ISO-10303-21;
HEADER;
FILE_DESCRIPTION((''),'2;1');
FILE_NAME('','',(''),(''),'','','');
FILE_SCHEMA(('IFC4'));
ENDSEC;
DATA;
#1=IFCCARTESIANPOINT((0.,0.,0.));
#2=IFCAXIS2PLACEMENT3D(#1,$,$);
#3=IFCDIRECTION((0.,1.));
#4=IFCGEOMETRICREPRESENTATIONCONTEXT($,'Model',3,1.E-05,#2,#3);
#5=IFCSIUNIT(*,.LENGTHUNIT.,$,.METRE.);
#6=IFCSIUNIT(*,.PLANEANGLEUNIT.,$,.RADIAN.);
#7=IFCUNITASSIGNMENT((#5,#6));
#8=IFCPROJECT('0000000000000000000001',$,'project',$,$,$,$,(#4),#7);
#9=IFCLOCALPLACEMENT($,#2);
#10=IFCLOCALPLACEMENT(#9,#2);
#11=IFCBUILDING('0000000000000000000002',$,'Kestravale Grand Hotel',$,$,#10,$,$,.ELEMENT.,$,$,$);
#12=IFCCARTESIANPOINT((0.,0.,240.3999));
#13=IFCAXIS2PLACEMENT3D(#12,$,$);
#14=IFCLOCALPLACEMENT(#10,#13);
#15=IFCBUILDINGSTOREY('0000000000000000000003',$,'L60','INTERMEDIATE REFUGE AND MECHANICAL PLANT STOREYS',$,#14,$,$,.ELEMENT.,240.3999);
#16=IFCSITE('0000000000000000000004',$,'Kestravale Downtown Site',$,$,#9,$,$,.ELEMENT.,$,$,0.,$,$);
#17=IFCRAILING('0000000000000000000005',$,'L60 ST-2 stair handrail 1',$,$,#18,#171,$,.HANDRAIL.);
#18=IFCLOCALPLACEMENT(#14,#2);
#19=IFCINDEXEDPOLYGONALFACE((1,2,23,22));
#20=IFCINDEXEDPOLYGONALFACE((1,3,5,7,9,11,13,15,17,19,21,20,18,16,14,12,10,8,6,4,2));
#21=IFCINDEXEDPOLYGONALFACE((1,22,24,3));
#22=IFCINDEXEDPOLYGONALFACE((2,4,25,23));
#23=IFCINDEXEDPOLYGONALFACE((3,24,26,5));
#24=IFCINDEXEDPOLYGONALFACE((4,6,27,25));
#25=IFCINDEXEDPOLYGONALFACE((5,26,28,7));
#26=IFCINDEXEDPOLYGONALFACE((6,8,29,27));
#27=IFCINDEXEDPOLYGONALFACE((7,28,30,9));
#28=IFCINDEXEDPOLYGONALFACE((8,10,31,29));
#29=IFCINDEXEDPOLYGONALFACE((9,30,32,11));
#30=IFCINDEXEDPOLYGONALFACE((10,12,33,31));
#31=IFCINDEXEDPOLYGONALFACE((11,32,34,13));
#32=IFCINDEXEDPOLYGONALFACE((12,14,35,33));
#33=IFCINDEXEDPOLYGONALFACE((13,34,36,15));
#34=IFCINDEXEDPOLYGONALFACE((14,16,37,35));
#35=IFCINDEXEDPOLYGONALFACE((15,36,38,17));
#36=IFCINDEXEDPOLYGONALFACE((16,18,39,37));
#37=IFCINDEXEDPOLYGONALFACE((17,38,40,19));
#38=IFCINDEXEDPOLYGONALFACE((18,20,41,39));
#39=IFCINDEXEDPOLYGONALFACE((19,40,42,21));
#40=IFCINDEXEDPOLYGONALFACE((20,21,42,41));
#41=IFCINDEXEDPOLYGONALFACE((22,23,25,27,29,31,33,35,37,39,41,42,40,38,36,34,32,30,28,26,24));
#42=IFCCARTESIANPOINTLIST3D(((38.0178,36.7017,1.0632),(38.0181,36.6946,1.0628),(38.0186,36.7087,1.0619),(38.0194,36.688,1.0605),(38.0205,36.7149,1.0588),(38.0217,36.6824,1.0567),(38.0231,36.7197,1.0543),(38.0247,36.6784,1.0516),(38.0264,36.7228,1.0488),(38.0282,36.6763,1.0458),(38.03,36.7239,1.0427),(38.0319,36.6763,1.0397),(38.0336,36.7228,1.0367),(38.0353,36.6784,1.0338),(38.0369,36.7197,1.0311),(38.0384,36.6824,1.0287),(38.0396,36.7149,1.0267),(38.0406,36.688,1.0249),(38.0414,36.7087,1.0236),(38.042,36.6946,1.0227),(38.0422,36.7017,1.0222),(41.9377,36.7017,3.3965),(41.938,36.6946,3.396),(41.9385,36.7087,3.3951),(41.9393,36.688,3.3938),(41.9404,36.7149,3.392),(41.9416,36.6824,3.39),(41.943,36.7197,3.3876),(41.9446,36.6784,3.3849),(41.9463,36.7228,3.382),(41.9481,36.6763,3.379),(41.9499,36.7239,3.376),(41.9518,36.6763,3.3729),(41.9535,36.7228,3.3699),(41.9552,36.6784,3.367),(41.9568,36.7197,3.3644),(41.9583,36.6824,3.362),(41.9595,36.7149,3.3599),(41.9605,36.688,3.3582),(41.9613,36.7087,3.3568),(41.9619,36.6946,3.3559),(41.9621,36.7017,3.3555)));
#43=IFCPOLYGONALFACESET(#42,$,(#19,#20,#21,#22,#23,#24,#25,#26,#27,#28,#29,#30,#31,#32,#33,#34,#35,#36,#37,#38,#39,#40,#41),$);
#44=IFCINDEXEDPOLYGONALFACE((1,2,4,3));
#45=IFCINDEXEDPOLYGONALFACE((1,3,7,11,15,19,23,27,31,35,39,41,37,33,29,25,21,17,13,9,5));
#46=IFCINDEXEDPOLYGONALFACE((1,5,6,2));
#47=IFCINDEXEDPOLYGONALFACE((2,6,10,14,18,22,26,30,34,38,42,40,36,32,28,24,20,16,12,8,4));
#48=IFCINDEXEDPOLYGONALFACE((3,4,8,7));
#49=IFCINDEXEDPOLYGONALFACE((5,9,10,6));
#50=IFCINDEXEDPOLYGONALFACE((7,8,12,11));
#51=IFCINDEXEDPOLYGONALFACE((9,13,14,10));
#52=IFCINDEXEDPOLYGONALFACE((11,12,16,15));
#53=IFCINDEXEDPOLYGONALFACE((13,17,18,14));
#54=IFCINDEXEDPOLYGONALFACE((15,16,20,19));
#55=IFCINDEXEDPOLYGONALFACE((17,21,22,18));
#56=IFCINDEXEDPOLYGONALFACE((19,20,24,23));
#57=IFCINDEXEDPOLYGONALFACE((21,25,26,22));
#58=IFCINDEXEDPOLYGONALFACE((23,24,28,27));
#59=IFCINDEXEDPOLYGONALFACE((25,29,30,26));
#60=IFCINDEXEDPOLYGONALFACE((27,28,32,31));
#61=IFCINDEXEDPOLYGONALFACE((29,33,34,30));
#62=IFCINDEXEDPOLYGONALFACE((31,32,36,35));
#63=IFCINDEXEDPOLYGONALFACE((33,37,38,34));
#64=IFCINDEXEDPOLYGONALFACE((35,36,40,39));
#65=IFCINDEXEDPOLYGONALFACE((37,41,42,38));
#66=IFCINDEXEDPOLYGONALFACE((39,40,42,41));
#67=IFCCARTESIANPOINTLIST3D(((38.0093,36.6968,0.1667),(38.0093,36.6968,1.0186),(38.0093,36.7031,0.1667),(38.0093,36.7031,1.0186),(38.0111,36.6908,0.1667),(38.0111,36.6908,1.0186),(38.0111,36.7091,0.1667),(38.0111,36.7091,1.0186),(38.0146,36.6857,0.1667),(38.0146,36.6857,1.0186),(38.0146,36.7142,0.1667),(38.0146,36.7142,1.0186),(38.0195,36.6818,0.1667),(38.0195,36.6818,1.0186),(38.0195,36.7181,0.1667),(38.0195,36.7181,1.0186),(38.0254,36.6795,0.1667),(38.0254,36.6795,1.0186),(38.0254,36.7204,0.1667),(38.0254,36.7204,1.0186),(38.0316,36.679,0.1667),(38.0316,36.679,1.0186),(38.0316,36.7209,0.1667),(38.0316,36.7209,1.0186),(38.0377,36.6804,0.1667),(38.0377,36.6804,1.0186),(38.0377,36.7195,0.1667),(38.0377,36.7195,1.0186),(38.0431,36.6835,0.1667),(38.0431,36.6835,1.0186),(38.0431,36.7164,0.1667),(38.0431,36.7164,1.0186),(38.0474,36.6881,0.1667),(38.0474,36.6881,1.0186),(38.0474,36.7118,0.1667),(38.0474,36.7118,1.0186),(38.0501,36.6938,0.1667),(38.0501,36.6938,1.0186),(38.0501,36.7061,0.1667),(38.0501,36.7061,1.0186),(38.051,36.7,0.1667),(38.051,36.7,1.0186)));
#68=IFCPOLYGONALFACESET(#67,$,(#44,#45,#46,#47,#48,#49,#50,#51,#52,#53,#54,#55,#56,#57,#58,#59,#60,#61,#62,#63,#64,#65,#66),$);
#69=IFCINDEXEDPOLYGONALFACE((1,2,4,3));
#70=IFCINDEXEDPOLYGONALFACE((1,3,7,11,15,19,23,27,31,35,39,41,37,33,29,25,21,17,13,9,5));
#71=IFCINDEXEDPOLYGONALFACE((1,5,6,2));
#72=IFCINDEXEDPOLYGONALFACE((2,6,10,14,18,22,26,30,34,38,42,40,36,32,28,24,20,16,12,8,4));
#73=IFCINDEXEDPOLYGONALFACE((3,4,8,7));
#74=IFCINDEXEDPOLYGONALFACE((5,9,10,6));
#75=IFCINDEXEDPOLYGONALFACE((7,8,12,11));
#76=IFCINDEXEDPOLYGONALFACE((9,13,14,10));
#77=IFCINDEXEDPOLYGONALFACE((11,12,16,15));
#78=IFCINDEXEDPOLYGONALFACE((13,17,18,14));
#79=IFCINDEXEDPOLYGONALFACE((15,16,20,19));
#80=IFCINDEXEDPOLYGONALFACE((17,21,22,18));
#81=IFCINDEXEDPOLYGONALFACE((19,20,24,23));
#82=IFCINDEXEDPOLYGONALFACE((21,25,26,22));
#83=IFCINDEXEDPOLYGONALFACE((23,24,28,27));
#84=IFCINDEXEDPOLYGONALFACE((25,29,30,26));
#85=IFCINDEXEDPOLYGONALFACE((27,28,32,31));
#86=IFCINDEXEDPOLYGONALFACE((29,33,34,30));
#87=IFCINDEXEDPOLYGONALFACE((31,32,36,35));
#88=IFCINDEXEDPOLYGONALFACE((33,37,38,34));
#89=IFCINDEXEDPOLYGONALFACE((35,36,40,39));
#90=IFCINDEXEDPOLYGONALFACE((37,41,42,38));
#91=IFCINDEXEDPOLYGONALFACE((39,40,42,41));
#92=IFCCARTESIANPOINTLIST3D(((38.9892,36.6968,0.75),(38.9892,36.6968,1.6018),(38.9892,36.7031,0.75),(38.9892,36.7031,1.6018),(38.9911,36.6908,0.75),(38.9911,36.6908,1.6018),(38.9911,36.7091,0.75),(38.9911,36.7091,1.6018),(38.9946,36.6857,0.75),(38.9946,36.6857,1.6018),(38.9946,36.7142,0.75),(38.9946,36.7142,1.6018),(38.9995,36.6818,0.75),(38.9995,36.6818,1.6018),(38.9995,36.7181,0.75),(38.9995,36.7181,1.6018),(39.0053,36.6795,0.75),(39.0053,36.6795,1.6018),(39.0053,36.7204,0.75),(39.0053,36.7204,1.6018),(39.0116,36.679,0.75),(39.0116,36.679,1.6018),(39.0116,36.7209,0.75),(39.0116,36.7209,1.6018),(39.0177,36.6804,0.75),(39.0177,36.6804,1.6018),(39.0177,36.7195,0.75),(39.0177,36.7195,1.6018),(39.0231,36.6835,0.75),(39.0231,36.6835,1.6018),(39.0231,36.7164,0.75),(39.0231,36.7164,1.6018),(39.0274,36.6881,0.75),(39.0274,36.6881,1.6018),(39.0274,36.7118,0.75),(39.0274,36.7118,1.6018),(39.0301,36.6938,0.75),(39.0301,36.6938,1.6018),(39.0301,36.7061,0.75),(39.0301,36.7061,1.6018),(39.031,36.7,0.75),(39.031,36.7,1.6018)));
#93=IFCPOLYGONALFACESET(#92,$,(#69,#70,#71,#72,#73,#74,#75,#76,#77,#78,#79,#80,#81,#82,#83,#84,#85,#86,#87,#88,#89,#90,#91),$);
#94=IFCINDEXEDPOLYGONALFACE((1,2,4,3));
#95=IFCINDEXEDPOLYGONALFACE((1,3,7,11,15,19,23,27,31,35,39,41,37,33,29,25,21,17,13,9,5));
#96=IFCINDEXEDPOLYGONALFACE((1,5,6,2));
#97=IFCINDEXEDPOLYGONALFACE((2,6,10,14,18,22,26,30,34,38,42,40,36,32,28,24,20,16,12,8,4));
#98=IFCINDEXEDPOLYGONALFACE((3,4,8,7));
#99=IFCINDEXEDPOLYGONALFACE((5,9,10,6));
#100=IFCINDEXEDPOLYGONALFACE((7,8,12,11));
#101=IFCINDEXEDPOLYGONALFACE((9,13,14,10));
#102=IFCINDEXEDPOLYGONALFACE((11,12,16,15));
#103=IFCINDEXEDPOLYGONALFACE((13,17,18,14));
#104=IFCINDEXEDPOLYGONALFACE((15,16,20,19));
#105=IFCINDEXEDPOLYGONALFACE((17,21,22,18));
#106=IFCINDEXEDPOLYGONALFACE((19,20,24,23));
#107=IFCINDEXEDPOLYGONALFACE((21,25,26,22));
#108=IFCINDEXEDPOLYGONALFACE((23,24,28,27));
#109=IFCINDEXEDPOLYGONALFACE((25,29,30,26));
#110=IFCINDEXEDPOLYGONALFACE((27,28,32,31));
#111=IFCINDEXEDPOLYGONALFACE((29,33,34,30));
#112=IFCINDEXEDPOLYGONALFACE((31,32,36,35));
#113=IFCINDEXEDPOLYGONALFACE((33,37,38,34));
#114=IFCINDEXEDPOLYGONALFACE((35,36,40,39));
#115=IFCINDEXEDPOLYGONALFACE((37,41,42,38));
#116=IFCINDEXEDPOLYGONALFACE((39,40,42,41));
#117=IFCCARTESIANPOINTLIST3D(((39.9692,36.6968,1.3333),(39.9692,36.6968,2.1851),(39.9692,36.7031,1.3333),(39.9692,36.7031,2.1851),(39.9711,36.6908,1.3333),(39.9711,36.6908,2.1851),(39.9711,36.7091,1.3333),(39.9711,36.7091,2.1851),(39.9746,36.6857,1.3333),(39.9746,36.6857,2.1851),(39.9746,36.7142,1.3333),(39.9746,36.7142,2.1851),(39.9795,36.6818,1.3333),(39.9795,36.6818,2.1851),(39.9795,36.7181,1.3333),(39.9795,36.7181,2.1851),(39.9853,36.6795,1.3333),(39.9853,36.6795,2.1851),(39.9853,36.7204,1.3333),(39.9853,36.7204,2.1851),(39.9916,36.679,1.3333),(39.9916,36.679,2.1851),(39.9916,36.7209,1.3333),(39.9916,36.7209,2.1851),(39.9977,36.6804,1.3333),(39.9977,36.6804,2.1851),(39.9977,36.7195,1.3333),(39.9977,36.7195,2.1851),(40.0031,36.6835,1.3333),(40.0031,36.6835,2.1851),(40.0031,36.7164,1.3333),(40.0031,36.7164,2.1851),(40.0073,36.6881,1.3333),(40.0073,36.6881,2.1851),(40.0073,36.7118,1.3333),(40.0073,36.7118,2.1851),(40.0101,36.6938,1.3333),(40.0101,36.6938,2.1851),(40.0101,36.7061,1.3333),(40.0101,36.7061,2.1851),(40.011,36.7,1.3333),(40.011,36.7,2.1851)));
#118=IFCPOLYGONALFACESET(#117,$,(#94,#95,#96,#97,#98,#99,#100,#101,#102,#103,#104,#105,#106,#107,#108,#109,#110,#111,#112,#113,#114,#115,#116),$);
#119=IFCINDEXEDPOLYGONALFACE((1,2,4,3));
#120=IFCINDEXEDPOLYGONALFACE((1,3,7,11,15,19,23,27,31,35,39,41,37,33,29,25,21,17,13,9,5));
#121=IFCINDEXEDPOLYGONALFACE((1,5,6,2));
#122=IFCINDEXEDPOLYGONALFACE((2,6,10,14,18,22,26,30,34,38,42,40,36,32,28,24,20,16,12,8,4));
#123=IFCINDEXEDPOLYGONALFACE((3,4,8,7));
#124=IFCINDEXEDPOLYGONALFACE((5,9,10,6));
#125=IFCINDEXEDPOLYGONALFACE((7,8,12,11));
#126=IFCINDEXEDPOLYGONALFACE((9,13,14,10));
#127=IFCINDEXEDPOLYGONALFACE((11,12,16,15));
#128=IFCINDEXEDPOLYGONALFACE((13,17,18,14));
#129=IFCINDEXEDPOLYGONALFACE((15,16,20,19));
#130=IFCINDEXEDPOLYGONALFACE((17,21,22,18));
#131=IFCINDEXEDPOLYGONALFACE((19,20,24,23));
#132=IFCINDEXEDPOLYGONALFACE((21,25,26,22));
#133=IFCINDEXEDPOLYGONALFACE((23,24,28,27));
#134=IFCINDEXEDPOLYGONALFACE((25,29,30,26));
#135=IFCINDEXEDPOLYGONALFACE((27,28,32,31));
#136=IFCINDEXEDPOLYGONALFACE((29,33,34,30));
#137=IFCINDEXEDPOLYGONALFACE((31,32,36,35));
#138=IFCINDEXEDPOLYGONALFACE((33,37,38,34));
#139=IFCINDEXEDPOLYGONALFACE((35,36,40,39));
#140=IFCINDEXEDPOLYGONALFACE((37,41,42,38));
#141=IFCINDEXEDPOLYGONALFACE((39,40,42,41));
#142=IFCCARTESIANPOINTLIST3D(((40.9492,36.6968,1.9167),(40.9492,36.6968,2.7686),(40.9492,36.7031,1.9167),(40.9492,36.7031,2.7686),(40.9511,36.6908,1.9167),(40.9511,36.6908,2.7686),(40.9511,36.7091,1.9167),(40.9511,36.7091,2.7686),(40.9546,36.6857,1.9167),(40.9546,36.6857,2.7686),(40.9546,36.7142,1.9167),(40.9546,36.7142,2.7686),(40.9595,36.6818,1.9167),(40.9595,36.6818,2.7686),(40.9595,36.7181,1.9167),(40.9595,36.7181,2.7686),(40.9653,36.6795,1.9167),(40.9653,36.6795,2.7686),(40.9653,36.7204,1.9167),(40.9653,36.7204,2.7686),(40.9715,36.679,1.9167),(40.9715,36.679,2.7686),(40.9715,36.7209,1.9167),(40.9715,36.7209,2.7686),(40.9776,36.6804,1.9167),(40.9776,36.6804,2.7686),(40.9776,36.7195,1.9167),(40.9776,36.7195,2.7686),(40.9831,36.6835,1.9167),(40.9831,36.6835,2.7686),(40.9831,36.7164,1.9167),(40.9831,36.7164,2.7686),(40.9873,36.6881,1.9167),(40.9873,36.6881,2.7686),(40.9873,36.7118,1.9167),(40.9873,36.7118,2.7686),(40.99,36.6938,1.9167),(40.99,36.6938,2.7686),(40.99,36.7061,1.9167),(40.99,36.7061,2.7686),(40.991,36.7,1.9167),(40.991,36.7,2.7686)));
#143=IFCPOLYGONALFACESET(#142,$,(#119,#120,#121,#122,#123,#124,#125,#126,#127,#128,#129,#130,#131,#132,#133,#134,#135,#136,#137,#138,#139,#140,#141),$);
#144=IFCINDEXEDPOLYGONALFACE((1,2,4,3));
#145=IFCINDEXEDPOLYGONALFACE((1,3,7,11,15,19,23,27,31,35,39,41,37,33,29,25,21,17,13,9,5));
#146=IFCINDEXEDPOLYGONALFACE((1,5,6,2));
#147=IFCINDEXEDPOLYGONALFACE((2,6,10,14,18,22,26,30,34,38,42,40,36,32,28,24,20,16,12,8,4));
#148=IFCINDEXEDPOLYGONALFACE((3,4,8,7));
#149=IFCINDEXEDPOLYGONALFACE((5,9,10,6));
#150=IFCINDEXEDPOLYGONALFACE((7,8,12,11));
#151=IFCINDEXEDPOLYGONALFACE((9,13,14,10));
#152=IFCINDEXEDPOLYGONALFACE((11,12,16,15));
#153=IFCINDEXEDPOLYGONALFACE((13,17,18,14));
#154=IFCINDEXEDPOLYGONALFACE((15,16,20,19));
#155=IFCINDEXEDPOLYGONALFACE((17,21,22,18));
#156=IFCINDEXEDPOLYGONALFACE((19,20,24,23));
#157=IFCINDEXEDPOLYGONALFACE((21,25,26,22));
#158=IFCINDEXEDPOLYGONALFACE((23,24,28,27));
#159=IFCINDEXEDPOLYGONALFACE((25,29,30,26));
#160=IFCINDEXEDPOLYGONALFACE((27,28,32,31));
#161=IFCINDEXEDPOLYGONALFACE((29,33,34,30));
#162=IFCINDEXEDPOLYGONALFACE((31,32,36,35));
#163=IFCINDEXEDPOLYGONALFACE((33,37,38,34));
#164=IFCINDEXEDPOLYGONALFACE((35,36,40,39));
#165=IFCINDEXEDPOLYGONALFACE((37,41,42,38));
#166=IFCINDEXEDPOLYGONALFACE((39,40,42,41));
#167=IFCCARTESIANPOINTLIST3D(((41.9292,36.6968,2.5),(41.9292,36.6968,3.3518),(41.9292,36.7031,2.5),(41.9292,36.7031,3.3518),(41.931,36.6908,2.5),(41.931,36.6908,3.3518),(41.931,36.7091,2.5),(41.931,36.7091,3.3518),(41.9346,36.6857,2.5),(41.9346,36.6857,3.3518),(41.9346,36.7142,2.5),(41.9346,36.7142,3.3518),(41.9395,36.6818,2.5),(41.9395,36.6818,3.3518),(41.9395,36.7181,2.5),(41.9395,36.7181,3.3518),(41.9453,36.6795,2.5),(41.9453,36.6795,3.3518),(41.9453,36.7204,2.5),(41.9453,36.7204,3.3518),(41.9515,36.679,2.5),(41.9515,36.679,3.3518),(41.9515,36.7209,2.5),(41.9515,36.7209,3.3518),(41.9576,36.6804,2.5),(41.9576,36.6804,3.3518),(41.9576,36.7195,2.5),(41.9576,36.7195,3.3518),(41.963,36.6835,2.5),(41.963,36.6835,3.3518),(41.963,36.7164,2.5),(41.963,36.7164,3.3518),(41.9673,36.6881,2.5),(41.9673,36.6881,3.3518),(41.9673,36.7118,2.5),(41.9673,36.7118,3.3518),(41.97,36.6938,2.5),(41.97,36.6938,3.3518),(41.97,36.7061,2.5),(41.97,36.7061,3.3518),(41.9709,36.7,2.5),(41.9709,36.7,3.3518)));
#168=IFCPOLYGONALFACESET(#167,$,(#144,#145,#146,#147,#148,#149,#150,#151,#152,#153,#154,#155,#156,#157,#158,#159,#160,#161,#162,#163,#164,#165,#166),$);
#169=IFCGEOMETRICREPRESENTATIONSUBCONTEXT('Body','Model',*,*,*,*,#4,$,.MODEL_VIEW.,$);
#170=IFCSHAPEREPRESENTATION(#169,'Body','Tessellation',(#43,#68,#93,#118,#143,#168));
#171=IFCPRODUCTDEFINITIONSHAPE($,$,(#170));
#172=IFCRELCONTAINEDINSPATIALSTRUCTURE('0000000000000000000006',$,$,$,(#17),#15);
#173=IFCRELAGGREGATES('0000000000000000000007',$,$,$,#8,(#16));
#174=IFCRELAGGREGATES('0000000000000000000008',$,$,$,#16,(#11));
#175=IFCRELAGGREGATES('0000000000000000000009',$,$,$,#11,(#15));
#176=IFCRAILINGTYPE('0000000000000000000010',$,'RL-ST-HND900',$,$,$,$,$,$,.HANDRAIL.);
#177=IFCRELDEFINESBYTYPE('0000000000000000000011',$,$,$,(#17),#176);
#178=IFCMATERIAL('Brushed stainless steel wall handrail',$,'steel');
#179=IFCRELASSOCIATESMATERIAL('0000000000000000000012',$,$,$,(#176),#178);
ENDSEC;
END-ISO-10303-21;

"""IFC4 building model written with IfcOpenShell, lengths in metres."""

from ifc_helpers import new_model, si_unit, direction, frame, origin, origin_2d, place, context, subcontext, project, spatial, circle, extrude, material, type_object, element, save


model = new_model("IFC4")

# Units and contexts
model_context = context("Model", 3, precision=1e-05, world=origin(), true_north=direction((0.0, 1.0)))
body_context = subcontext(model_context, "Body", "Model", "MODEL_VIEW")
ifc_project = project(units=[si_unit("LENGTHUNIT", "METRE"), si_unit("PLANEANGLEUNIT", "RADIAN")], contexts=[model_context])

# Site, building, storey
site_placement = place(None, origin())
site = spatial("IfcSite", under=ifc_project, at=site_placement, Name="Kestravale Downtown Site", CompositionType="ELEMENT", RefElevation=0.0)
building_placement = place(site_placement, origin())
building = spatial("IfcBuilding", under=site, at=building_placement, Name="Kestravale Grand Hotel", CompositionType="ELEMENT")
storey_placement = place(building_placement, frame((0.0, 0.0, 240.3999)))
storey = spatial("IfcBuildingStorey", under=building, at=storey_placement, Name="L60", Description="INTERMEDIATE REFUGE AND MECHANICAL PLANT STOREYS", CompositionType="ELEMENT", Elevation=240.3999)

# Railing
ifc_material_1 = material(Name="Brushed stainless steel wall handrail", Category="steel")
railing_type_1 = type_object("IfcRailingType", Name="RL-ST-HND900", PredefinedType="HANDRAIL", material=ifc_material_1)
railing_1_placement = place(storey_placement, frame((38.03, 36.7, 0.1667)))
element("IfcRailing", 1, at=railing_1_placement, inside=storey, type_object=railing_type_1, Name="L60 ST-2 stair handrail 1", PredefinedType="HANDRAIL", context=body_context, shape_type="SweptSolid", body=[
    extrude(circle(Radius=0.0239, at=origin_2d()), frame((0.0, 0.0, 0.876), z_axis=(0.859296, 0.0, 0.511478), x_axis=(0.0, 1.0, 0.0)), (0.0, 0.0, 1.0), 4.5618),
    extrude(circle(Radius=0.021, at=origin_2d()), origin(), (0.0, 0.0, 1.0), 0.8518),
    extrude(circle(Radius=0.021, at=origin_2d()), frame((0.98, 0.0, 0.5833)), (0.0, 0.0, 1.0), 0.8518),
    extrude(circle(Radius=0.021, at=origin_2d()), frame((1.96, 0.0, 1.1665)), (0.0, 0.0, 1.0), 0.8518),
    extrude(circle(Radius=0.021, at=origin_2d()), frame((2.9399, 0.0, 1.75)), (0.0, 0.0, 1.0), 0.8518),
    extrude(circle(Radius=0.021, at=origin_2d()), frame((3.9199, 0.0, 2.3333)), (0.0, 0.0, 1.0), 0.8518),
])

save(model, "model.ifc")
